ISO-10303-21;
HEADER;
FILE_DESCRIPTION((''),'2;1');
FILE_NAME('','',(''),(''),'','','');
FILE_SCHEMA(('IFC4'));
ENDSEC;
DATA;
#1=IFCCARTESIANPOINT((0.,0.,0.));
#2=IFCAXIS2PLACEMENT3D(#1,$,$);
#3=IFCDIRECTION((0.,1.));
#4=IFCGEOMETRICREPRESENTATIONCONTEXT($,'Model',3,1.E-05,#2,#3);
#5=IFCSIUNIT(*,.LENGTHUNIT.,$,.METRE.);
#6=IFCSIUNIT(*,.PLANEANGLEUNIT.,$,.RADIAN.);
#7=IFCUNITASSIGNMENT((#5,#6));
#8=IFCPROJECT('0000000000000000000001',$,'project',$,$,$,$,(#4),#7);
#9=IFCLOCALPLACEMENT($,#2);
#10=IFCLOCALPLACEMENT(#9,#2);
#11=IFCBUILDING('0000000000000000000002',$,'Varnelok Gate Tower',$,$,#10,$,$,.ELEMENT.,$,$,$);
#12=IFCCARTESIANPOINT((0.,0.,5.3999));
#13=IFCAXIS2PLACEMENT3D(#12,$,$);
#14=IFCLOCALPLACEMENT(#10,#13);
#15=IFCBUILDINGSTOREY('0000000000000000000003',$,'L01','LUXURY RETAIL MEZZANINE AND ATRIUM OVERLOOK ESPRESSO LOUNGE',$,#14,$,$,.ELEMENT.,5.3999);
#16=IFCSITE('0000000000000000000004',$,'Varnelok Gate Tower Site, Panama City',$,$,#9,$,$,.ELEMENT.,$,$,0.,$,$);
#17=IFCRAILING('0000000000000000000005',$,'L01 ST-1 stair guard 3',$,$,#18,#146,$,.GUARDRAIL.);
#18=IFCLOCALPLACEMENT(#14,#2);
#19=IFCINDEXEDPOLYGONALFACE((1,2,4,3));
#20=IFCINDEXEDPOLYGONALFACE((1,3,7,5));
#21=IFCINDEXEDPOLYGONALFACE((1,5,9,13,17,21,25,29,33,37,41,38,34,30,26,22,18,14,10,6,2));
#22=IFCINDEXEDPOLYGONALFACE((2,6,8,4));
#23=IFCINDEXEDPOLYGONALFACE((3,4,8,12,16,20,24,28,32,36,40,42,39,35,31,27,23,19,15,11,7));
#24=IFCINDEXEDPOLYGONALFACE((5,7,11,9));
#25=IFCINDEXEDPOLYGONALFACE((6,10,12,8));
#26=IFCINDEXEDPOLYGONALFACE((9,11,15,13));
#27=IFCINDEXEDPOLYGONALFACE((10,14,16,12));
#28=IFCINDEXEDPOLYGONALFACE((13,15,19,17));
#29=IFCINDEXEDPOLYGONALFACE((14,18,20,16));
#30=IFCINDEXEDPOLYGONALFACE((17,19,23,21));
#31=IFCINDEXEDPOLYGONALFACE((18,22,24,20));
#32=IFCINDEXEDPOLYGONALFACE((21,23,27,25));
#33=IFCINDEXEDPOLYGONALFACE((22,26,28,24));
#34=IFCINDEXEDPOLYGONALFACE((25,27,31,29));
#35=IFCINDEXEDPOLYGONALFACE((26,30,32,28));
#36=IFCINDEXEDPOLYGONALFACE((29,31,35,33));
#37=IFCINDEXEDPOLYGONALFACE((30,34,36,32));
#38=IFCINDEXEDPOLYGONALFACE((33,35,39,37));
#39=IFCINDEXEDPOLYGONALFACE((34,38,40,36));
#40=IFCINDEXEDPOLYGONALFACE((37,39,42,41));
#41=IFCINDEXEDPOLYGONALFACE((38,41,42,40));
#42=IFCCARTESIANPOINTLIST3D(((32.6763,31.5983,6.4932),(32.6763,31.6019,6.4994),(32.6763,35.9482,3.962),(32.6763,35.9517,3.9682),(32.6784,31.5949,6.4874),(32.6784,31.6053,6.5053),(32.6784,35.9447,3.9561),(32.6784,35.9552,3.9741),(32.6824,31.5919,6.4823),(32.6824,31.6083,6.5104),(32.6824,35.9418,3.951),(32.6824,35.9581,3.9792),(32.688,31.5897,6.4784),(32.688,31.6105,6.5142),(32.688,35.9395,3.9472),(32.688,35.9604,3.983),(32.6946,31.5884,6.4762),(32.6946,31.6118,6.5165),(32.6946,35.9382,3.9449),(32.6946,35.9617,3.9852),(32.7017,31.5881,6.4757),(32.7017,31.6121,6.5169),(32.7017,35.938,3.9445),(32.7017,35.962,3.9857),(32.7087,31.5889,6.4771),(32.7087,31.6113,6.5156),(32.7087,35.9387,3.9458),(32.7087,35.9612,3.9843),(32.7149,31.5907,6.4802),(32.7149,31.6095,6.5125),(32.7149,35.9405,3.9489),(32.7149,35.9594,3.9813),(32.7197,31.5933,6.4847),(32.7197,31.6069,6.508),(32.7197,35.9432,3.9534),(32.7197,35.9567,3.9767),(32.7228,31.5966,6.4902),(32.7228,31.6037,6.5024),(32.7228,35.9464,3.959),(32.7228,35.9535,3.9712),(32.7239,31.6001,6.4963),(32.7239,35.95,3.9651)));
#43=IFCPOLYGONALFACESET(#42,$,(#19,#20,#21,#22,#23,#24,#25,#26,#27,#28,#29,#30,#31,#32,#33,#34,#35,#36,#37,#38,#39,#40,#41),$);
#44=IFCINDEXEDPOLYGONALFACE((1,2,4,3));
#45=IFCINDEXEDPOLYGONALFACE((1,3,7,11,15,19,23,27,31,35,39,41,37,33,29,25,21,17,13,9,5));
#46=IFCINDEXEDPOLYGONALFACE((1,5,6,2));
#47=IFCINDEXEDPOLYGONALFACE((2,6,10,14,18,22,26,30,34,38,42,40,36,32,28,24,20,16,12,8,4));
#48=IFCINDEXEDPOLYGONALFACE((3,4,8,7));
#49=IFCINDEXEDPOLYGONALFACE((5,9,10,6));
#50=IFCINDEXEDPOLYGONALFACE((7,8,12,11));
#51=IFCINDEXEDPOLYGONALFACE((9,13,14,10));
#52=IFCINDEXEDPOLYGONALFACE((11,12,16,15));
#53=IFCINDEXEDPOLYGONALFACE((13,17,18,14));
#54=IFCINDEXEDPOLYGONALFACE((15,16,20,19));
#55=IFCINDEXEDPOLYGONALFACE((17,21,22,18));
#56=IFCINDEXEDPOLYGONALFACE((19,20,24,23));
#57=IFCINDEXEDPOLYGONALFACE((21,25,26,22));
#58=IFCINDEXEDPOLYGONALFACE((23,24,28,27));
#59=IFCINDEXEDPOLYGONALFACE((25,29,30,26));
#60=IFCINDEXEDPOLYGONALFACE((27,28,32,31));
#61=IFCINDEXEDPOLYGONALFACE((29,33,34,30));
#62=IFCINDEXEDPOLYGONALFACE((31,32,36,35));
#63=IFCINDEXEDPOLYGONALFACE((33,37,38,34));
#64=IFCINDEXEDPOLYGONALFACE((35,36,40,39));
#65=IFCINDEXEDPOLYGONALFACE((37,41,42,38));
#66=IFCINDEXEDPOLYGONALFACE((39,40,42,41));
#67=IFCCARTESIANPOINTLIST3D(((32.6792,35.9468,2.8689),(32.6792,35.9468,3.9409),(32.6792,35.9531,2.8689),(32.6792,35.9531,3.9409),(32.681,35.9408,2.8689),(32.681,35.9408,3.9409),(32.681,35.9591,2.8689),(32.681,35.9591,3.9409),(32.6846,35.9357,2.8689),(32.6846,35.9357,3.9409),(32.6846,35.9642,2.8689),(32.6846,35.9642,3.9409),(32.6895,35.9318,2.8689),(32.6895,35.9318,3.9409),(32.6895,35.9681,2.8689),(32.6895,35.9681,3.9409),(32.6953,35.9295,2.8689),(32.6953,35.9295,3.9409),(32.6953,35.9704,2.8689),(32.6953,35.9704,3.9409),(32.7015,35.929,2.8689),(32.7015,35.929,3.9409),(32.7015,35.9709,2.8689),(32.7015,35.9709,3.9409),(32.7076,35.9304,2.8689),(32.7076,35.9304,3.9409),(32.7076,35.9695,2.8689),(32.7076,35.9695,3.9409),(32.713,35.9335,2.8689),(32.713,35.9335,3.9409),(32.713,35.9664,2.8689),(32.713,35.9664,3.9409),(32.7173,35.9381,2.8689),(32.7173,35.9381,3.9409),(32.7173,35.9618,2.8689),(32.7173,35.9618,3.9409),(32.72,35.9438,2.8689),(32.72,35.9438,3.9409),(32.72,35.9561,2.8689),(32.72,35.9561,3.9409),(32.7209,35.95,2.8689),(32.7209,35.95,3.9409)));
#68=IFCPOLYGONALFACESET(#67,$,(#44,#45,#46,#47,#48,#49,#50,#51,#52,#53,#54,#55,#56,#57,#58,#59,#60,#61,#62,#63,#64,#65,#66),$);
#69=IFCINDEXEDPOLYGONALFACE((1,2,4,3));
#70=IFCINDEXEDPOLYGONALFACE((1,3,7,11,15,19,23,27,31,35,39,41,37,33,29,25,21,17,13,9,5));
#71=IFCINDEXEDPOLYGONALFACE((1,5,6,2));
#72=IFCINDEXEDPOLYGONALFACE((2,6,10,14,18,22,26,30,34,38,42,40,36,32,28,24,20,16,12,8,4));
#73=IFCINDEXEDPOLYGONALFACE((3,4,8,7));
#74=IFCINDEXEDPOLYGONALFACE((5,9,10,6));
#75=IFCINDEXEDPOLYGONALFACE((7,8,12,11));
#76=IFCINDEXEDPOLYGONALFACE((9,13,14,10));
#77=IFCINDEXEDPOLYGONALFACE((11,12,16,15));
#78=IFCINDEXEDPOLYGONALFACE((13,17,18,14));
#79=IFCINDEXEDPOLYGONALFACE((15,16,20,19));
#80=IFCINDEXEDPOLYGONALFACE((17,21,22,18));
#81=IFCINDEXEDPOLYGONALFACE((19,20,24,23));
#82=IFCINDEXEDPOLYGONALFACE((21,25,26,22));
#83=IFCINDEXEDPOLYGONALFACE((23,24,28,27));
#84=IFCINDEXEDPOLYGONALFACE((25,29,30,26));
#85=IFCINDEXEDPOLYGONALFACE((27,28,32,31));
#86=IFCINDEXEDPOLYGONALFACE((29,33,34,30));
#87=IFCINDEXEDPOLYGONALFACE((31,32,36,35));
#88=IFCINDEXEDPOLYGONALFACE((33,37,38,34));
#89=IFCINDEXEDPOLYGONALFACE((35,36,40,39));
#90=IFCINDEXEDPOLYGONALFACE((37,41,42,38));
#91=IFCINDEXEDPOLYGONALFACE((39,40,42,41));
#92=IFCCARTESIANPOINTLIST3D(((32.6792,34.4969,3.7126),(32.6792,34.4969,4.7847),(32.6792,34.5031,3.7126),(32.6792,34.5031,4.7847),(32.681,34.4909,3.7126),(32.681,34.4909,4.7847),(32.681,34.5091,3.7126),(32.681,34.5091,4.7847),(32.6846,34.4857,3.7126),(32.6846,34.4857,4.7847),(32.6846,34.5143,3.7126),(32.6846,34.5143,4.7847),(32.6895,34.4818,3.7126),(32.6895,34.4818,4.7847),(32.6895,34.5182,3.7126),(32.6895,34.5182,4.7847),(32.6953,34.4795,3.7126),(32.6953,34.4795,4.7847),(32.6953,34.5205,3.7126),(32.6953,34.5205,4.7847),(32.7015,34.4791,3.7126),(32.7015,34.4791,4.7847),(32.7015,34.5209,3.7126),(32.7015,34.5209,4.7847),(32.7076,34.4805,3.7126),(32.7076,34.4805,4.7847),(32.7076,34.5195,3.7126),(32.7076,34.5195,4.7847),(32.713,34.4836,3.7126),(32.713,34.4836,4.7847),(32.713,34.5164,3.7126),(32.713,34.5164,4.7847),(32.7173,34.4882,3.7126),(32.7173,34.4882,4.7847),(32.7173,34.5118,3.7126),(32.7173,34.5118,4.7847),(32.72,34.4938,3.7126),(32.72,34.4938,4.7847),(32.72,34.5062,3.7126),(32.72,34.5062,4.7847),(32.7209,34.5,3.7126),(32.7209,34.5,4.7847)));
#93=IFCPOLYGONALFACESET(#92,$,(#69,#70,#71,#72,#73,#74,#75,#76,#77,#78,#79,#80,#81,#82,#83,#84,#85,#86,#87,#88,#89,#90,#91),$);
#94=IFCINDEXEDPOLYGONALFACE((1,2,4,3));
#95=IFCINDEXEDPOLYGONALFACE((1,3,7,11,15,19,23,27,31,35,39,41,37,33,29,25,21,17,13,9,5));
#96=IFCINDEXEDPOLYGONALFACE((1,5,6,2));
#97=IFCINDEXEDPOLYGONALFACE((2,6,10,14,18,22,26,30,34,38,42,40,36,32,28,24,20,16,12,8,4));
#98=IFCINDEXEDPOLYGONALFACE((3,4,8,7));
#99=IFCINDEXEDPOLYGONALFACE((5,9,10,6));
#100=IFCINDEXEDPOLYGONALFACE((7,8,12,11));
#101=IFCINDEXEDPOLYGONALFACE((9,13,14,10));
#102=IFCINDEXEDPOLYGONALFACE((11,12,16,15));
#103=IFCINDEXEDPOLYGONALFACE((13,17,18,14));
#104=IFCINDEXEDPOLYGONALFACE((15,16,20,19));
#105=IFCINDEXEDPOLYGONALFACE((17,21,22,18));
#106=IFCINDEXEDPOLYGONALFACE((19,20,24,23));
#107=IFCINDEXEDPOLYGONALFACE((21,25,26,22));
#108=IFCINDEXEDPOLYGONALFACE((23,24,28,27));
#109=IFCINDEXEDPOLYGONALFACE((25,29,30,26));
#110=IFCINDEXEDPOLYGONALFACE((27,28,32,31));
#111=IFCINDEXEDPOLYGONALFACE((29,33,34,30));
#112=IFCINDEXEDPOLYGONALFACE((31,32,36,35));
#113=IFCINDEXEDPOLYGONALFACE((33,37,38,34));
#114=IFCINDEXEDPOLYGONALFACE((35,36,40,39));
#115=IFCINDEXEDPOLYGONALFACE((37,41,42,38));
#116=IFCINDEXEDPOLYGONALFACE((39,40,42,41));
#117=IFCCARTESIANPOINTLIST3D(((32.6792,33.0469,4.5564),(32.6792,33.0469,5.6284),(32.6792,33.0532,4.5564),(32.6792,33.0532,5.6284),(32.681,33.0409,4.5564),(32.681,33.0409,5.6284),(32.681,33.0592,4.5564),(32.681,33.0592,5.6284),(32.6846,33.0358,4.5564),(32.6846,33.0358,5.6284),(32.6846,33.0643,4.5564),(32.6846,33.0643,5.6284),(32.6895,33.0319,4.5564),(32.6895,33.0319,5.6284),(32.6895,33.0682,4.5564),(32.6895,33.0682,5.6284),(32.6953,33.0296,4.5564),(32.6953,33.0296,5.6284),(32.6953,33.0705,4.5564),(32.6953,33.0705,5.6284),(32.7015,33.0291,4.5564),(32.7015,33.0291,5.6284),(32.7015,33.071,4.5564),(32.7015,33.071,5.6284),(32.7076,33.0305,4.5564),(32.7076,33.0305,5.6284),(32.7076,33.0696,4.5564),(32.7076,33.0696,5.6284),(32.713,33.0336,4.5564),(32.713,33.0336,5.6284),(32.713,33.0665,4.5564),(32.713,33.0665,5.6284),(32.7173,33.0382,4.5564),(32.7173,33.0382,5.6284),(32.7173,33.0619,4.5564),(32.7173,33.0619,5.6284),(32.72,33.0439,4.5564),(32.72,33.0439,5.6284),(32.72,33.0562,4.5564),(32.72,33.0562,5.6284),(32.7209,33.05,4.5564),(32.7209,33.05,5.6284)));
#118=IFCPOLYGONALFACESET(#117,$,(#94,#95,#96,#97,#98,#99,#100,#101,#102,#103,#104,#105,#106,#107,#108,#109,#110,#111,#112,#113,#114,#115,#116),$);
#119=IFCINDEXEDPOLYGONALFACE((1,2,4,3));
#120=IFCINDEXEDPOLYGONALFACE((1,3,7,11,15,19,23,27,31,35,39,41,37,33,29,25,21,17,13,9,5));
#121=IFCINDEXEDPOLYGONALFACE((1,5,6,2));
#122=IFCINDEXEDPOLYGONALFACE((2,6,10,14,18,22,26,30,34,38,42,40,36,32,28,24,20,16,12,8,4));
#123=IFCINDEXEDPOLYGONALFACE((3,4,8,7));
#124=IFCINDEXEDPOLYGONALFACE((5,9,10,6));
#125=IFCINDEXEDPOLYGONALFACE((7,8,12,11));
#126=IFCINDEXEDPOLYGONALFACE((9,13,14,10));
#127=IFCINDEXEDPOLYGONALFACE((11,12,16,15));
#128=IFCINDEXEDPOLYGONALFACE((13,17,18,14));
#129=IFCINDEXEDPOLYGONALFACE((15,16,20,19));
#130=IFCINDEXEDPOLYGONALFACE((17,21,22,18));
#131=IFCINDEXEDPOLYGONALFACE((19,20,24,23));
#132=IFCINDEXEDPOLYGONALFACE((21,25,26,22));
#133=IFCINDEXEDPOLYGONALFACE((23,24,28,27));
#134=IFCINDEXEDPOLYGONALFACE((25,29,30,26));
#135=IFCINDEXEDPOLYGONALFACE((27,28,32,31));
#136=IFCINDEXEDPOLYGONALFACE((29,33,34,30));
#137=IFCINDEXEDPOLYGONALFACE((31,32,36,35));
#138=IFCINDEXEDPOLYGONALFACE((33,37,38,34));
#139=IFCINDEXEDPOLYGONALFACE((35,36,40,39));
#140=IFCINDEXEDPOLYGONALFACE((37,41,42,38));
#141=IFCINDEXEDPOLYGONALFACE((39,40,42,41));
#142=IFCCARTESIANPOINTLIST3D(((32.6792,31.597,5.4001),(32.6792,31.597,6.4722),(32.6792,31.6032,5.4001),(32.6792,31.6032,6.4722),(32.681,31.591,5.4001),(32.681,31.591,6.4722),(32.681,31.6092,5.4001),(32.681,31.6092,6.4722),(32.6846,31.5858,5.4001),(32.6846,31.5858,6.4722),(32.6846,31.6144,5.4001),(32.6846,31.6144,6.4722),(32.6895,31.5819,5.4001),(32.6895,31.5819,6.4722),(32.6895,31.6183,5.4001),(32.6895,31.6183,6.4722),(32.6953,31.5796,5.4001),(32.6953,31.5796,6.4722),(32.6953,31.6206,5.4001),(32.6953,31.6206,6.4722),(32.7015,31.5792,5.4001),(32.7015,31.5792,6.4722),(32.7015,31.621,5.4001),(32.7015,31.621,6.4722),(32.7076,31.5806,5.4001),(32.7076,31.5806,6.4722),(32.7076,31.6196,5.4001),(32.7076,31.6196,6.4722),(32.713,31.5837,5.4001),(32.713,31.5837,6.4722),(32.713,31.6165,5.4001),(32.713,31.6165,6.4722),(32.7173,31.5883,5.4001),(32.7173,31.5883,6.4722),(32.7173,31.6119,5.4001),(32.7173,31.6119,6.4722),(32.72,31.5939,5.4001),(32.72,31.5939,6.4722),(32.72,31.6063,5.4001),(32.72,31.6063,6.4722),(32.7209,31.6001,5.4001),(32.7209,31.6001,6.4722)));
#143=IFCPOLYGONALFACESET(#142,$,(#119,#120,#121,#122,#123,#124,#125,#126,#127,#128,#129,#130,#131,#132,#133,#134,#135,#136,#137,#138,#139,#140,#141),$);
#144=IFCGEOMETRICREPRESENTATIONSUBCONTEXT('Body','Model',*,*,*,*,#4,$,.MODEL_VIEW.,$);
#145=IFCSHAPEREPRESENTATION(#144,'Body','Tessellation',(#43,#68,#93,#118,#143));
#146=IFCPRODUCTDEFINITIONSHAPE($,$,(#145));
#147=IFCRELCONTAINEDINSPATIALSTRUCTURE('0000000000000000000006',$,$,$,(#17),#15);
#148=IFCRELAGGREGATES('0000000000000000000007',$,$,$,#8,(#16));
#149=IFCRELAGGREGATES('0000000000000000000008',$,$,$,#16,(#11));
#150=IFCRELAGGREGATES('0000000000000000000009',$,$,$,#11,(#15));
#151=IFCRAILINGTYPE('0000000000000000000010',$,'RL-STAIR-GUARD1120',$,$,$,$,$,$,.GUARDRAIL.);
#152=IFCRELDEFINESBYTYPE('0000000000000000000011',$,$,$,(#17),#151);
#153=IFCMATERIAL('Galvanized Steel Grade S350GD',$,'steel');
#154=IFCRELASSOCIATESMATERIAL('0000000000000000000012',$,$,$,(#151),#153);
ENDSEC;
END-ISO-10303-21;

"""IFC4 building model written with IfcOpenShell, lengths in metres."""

from ifc_helpers import new_model, si_unit, direction, frame, origin, origin_2d, place, context, subcontext, project, spatial, circle, extrude, material, type_object, element, save


model = new_model("IFC4")

# Units and contexts
model_context = context("Model", 3, precision=1e-05, world=origin(), true_north=direction((0.0, 1.0)))
body_context = subcontext(model_context, "Body", "Model", "MODEL_VIEW")
ifc_project = project(units=[si_unit("LENGTHUNIT", "METRE"), si_unit("PLANEANGLEUNIT", "RADIAN")], contexts=[model_context])

# Site, building, storey
site_placement = place(None, origin())
site = spatial("IfcSite", under=ifc_project, at=site_placement, Name="Varnelok Gate Tower Site, Panama City", CompositionType="ELEMENT", RefElevation=0.0)
building_placement = place(site_placement, origin())
building = spatial("IfcBuilding", under=site, at=building_placement, Name="Varnelok Gate Tower", CompositionType="ELEMENT")
storey_placement = place(building_placement, frame((0.0, 0.0, 5.3999)))
storey = spatial("IfcBuildingStorey", under=building, at=storey_placement, Name="L01", Description="LUXURY RETAIL MEZZANINE AND ATRIUM OVERLOOK ESPRESSO LOUNGE", CompositionType="ELEMENT", Elevation=5.3999)

# Shared definitions
ifc_material_1 = material(Name="Galvanized Steel Grade S350GD", Category="steel")

# Railing
railing_type_1 = type_object("IfcRailingType", Name="RL-STAIR-GUARD1120", PredefinedType="GUARDRAIL", material=ifc_material_1)
railing_1_placement = place(storey_placement, frame((32.7, 35.95, 2.8689)))
element("IfcRailing", 1, at=railing_1_placement, inside=storey, type_object=railing_type_1, Name="L01 ST-1 stair guard 3", PredefinedType="GUARDRAIL", context=body_context, shape_type="SweptSolid", body=[
    extrude(circle(Radius=0.0239, at=origin_2d()), frame((0.0, 0.0, 1.0962), z_axis=(0.0, -0.864312, 0.502957), x_axis=(1.0, 0.0, 0.0)), (0.0, 0.0, 1.0), 5.0327),
    extrude(circle(Radius=0.021, at=origin_2d()), origin(), (0.0, 0.0, 1.0), 1.072),
    extrude(circle(Radius=0.021, at=origin_2d()), frame((0.0, -1.45, 0.8438)), (0.0, 0.0, 1.0), 1.072),
    extrude(circle(Radius=0.021, at=origin_2d()), frame((0.0, -2.8999, 1.6875)), (0.0, 0.0, 1.0), 1.072),
    extrude(circle(Radius=0.021, at=origin_2d()), frame((0.0, -4.3499, 2.5312)), (0.0, 0.0, 1.0), 1.072),
])

save(model, "model.ifc")
